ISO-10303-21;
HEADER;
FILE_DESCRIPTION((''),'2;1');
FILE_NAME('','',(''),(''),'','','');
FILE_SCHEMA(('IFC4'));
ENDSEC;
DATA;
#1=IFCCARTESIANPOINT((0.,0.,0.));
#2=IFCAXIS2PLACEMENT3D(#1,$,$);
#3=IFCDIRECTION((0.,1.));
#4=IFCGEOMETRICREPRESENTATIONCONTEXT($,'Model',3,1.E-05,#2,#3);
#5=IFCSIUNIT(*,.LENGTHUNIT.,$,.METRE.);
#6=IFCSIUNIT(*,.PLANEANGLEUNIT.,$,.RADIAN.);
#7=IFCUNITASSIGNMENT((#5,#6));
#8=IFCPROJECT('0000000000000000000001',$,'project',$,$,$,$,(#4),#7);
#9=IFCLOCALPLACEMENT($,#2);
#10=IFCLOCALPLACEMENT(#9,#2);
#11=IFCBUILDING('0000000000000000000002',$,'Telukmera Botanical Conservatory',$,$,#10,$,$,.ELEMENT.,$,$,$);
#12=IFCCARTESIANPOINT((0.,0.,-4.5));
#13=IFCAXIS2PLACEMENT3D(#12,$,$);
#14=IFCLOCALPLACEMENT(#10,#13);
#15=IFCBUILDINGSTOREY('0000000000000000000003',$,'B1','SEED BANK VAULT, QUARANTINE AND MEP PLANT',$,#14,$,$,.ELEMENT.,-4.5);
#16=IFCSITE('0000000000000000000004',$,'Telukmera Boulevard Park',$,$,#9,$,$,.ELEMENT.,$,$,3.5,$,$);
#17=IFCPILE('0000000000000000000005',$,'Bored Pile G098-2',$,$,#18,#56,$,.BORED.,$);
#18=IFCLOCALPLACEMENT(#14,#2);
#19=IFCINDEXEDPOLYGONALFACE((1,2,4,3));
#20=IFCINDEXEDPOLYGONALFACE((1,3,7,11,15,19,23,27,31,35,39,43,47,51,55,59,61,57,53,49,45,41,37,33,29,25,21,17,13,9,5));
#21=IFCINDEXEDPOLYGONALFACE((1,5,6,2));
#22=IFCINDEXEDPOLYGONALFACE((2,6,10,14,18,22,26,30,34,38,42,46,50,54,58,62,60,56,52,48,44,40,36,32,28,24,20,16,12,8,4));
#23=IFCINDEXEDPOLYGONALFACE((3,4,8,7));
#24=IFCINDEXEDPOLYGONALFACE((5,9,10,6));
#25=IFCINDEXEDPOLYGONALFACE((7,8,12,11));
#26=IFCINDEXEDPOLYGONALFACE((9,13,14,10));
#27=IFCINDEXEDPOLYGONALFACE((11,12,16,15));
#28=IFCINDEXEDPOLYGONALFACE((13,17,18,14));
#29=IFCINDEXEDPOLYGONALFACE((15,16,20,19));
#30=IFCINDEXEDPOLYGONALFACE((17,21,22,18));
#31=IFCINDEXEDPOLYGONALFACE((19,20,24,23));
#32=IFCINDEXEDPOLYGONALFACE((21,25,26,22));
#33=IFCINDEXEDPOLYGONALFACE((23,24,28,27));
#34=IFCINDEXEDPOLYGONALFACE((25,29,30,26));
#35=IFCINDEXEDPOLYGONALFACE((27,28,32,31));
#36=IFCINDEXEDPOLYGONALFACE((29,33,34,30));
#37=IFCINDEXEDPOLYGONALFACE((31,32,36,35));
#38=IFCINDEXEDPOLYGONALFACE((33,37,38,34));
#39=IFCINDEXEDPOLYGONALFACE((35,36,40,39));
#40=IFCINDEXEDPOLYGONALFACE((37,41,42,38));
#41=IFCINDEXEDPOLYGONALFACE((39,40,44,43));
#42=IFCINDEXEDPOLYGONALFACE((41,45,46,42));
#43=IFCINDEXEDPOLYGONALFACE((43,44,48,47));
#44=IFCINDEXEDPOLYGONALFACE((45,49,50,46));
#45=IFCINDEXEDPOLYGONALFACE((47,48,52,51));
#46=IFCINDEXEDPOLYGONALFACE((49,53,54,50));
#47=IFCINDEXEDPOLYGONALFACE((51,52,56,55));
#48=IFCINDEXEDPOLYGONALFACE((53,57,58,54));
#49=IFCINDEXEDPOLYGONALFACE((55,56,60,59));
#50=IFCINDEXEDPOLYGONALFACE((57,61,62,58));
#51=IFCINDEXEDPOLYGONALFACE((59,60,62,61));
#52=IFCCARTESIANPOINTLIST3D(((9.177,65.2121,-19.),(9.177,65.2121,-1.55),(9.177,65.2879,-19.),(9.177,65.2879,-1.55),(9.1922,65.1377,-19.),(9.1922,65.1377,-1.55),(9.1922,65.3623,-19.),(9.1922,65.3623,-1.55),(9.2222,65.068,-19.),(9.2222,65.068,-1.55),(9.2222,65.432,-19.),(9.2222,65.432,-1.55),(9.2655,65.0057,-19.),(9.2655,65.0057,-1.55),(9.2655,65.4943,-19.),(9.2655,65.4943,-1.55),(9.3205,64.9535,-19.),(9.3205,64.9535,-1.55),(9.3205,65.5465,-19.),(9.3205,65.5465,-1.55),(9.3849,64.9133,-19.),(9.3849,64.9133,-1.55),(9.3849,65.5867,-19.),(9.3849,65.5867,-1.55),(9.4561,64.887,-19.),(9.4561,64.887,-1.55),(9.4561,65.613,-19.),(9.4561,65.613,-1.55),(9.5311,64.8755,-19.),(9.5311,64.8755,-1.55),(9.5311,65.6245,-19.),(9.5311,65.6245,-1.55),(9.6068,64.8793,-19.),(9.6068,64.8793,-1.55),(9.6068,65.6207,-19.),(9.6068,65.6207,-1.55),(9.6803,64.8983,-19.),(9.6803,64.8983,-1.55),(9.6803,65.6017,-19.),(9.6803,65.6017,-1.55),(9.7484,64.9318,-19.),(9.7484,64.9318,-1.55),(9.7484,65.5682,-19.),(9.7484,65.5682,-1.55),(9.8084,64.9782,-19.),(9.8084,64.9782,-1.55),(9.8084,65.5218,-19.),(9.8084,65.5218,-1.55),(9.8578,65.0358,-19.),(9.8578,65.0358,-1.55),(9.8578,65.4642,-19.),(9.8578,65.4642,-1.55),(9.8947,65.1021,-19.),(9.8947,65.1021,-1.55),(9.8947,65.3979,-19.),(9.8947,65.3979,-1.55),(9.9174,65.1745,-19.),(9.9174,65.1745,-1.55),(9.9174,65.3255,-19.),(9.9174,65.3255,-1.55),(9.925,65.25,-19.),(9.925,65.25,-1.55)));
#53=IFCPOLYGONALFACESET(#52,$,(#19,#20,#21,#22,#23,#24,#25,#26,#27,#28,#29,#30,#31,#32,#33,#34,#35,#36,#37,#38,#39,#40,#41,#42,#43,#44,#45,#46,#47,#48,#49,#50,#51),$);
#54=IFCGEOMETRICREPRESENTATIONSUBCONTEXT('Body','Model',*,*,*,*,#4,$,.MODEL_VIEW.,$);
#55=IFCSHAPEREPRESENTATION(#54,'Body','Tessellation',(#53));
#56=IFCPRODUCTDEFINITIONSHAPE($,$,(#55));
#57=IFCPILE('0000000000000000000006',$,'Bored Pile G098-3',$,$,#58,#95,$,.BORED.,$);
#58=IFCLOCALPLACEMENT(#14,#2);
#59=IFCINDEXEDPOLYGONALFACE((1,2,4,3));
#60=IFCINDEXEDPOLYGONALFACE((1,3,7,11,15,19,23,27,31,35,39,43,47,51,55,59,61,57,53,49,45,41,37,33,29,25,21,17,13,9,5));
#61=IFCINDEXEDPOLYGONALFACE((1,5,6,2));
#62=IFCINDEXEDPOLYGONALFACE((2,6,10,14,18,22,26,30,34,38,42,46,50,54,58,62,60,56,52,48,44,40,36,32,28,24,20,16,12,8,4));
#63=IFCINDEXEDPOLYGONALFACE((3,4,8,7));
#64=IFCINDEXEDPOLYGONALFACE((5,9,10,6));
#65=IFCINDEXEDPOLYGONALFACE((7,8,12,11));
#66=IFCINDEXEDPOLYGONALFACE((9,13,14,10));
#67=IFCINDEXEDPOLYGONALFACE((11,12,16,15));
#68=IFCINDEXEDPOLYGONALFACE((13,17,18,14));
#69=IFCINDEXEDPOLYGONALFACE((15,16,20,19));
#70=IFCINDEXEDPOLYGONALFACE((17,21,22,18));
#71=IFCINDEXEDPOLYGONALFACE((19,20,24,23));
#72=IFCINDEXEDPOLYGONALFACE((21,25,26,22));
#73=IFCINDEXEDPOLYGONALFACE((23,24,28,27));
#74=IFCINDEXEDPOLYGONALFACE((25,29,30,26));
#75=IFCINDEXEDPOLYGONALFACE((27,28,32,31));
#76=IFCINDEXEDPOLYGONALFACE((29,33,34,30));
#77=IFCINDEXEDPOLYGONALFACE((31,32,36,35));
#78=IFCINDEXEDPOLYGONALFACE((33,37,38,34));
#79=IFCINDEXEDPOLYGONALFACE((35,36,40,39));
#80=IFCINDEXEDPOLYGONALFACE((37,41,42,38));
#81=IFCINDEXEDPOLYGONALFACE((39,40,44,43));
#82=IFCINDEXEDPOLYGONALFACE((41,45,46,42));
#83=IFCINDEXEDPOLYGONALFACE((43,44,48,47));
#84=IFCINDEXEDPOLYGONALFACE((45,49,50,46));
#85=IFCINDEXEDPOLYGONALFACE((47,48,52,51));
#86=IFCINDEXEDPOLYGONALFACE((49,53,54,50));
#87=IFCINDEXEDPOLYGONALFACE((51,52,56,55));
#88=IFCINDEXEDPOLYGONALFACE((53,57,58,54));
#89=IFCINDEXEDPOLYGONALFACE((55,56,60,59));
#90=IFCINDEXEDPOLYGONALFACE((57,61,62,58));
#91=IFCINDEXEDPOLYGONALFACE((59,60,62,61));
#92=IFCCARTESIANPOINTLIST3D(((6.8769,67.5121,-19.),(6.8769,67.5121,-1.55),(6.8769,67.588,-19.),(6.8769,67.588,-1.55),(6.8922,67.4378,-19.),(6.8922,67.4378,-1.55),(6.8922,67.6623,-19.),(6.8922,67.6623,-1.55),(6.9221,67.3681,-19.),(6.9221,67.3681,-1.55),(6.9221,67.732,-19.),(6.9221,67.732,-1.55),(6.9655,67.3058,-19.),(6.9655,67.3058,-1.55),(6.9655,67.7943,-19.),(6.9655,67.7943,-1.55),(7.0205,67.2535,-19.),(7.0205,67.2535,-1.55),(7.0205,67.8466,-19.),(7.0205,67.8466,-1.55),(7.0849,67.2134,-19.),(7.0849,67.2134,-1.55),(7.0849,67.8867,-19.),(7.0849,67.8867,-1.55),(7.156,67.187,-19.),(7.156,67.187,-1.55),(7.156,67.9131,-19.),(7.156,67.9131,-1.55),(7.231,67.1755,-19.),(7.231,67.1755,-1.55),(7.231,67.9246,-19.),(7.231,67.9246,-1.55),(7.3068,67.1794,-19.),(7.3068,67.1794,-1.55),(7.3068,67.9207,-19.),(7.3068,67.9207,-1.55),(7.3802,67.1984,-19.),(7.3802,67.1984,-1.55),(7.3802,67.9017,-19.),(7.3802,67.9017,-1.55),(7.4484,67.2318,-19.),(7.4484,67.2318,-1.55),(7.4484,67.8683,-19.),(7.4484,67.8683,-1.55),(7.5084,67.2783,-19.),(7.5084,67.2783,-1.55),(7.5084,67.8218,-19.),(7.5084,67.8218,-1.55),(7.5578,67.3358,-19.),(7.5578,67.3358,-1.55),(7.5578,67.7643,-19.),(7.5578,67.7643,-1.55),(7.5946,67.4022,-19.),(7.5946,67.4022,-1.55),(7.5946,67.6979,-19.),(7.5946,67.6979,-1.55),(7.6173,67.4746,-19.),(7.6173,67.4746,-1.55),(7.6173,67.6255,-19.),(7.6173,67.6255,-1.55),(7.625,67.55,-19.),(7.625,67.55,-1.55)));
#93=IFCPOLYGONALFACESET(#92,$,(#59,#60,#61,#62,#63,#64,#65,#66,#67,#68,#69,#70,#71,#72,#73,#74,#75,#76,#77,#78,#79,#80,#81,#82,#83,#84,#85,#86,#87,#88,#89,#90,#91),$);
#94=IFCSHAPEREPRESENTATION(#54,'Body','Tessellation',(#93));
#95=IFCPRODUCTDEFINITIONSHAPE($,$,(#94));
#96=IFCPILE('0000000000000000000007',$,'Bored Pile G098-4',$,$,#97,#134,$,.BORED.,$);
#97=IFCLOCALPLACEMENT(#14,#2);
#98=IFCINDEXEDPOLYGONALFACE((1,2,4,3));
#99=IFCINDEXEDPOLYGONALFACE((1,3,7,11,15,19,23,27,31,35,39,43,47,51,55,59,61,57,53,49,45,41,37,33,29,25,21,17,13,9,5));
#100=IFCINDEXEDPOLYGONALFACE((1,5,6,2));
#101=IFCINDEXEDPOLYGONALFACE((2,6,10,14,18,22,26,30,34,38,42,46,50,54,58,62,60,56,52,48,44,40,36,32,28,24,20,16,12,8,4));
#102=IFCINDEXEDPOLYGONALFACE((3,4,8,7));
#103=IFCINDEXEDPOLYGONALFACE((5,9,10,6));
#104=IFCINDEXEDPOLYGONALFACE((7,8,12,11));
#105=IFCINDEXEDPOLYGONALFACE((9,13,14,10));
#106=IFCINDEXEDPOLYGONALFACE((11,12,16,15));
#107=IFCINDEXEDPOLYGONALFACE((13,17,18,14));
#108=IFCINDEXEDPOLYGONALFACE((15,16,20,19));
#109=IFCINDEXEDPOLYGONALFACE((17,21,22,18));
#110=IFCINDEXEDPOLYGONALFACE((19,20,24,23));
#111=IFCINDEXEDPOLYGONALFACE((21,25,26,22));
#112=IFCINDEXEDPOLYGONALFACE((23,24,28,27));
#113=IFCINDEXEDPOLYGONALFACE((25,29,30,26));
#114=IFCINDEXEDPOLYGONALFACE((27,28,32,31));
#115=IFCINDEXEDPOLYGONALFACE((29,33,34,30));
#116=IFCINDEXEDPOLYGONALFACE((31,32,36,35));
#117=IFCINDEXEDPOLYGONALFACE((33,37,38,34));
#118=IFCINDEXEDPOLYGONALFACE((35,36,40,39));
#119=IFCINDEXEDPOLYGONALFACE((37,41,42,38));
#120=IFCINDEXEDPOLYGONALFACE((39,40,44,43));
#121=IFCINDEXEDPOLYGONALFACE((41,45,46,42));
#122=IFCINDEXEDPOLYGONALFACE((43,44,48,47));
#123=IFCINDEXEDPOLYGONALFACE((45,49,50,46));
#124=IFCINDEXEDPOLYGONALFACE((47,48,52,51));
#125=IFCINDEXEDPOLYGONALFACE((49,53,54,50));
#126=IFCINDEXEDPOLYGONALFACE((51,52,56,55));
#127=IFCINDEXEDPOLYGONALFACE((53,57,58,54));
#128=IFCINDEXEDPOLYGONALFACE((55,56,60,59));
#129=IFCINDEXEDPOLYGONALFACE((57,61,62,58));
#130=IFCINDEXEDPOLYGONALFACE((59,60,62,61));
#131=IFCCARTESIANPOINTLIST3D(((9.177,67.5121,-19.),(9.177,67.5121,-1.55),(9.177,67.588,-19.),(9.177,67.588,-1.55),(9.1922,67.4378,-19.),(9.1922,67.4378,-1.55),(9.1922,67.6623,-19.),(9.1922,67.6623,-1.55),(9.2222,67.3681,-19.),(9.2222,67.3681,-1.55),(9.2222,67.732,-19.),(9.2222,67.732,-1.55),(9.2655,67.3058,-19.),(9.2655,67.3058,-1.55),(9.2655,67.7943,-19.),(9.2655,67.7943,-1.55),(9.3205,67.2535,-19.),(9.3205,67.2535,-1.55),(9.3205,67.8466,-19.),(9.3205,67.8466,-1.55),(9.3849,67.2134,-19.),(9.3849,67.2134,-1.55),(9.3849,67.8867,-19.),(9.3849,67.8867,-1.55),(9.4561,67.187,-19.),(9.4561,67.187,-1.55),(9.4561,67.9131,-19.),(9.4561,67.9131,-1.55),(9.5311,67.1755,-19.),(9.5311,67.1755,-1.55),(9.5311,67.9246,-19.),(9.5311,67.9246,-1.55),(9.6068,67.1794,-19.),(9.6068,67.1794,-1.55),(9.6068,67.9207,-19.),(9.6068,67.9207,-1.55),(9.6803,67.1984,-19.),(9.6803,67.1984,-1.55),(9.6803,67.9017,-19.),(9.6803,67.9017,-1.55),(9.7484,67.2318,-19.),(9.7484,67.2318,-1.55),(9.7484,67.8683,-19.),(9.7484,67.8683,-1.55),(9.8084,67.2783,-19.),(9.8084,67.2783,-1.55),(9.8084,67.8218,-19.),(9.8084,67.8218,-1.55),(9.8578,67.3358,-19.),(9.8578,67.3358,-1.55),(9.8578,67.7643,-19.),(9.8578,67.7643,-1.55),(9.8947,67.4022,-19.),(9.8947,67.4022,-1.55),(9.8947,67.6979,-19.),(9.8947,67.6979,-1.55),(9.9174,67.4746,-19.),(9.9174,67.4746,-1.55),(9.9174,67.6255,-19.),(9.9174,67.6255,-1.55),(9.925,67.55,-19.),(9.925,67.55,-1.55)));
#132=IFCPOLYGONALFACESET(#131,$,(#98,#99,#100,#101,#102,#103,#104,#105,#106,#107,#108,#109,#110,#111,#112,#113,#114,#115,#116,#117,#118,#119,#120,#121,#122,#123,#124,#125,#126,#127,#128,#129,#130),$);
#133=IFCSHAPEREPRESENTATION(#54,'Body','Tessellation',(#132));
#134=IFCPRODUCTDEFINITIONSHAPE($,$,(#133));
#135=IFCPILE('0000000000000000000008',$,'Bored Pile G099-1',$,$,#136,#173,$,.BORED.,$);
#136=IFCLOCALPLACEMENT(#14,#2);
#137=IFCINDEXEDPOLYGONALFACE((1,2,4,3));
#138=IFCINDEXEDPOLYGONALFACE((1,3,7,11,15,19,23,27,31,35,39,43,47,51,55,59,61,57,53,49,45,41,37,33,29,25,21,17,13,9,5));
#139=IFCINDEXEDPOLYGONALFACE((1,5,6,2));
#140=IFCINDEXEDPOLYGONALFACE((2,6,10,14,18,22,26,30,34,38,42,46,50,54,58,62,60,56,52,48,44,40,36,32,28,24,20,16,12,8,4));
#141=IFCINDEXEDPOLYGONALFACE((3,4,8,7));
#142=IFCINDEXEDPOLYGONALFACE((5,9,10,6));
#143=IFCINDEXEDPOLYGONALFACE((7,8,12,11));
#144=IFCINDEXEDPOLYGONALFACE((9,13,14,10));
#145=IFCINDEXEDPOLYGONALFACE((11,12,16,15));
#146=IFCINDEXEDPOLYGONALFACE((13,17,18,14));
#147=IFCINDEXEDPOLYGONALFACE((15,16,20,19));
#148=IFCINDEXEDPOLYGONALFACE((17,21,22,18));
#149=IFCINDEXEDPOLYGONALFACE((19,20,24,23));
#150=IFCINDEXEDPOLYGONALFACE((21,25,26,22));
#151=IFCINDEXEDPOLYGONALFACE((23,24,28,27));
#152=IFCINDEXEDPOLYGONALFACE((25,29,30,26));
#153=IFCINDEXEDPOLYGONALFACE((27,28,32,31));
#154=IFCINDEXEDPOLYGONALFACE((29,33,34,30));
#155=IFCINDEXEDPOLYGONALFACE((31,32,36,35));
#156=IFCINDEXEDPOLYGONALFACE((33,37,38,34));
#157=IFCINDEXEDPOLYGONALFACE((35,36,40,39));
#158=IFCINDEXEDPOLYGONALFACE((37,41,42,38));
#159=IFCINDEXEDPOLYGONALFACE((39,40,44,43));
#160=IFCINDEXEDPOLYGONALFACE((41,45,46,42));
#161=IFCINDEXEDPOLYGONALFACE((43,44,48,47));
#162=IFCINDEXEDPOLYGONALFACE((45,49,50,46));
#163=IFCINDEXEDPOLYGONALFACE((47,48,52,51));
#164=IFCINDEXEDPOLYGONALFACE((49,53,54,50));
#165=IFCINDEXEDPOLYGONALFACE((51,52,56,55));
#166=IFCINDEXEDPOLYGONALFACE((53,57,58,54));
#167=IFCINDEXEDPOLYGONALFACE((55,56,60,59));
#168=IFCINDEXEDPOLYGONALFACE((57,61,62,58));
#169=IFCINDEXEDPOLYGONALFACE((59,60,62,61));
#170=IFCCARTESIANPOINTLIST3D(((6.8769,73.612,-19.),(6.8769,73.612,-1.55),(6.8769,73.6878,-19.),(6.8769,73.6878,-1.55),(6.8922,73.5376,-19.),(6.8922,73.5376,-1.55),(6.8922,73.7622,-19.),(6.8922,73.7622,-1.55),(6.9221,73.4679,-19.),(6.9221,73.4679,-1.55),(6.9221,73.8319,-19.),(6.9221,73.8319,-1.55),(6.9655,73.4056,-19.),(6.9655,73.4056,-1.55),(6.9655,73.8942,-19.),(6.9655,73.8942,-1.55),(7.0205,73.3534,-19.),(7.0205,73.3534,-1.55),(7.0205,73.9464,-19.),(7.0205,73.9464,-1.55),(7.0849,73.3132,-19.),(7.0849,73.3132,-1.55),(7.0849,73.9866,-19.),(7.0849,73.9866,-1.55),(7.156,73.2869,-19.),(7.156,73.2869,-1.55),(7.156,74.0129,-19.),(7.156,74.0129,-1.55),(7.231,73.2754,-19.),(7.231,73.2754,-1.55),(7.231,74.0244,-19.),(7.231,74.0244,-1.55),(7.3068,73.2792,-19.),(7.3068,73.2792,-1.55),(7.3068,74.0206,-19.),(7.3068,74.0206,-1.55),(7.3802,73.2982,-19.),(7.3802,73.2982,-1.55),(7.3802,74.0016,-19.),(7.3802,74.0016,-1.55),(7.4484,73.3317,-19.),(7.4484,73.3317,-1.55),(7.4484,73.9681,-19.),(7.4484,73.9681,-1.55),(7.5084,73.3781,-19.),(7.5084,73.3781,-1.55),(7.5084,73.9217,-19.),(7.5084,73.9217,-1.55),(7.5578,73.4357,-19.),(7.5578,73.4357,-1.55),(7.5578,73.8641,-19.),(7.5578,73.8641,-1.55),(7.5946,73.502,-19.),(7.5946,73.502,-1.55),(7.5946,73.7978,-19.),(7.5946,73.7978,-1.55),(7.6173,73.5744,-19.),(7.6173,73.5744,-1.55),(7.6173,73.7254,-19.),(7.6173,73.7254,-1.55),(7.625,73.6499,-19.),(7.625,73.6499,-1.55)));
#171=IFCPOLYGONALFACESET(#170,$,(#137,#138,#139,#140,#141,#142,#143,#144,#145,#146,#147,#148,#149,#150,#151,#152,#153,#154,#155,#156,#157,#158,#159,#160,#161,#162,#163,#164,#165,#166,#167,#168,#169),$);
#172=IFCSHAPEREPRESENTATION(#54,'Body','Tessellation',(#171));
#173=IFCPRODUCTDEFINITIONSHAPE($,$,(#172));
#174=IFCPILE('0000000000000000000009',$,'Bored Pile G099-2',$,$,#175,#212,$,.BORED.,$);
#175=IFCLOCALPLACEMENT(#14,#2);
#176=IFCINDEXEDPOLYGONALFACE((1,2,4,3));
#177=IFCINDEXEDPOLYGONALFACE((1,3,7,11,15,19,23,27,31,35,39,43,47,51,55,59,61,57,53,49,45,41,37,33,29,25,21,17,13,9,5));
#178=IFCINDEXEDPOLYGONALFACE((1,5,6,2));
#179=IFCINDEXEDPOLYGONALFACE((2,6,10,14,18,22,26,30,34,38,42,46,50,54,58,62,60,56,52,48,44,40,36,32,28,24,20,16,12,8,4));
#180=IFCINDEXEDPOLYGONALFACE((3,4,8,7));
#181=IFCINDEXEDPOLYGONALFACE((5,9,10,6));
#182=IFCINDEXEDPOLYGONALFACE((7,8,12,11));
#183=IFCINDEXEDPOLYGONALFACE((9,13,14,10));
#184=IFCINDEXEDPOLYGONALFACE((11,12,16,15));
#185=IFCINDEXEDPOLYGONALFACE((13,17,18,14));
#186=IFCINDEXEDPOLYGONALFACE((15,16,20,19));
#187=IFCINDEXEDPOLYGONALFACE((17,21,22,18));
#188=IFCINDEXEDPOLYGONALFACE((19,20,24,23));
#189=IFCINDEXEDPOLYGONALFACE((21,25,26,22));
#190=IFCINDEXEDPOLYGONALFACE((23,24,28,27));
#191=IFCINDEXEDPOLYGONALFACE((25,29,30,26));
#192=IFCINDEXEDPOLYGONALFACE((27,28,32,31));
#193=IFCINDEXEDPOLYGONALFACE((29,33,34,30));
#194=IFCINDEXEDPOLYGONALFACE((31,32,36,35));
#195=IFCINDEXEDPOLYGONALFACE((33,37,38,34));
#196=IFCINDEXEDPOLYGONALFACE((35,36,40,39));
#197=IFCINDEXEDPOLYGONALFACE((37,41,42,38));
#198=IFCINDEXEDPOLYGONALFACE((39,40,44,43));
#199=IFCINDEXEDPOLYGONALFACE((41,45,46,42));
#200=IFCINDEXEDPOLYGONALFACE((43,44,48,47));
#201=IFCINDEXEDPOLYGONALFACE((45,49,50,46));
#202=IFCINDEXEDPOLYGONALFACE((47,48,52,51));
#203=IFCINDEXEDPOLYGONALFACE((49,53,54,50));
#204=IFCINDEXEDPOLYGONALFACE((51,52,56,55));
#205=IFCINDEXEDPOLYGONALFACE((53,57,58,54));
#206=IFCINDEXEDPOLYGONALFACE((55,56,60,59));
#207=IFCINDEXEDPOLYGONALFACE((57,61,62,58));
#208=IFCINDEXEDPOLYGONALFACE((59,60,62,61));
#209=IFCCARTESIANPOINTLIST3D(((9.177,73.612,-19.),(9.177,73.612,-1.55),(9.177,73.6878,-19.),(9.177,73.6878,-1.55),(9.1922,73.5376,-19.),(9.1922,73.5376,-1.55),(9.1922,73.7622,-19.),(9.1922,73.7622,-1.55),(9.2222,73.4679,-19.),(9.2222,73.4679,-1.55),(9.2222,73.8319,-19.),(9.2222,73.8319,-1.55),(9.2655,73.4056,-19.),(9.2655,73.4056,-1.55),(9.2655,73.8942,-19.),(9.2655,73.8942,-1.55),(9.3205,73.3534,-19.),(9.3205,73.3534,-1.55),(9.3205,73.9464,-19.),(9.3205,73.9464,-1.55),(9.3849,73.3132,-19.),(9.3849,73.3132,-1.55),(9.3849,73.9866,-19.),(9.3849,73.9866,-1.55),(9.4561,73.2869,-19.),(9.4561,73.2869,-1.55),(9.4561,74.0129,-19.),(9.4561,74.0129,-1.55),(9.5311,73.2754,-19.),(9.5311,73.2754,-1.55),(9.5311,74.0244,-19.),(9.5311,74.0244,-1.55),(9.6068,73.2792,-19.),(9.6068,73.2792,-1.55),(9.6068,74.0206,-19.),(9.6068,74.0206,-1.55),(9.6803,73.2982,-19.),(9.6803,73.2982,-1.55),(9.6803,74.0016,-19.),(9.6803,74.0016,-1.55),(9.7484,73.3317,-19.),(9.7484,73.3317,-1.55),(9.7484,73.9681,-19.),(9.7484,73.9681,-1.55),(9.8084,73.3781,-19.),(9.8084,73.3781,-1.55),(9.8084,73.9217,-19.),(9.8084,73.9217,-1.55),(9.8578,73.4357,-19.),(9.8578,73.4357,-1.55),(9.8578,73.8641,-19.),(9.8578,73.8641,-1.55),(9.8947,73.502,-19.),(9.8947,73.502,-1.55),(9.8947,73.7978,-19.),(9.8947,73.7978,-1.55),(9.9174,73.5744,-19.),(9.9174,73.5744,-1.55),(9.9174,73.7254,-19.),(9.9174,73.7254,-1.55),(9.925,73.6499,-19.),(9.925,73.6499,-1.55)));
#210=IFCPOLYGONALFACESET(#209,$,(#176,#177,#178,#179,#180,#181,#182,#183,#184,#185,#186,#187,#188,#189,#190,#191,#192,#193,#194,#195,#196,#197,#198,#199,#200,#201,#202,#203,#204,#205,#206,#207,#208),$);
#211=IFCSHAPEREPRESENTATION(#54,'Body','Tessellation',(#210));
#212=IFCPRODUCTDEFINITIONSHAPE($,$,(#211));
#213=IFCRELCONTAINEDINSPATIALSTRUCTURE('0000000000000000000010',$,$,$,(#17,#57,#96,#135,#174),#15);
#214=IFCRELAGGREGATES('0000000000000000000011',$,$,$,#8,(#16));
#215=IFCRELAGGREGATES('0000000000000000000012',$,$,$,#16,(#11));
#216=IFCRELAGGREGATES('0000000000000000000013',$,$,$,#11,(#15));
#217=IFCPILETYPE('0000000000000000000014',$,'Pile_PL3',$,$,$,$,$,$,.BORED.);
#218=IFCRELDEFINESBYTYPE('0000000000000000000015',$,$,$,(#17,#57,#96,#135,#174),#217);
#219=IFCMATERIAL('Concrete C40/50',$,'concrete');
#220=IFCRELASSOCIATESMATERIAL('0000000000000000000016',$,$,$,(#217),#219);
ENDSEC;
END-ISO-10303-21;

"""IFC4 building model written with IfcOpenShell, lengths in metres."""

from ifc_helpers import new_model, si_unit, direction, frame, origin, origin_2d, place, context, subcontext, project, spatial, circle, extrude, material, material_profile, profile_set, type_object, element, save


model = new_model("IFC4")

# Units and contexts
model_context = context("Model", 3, precision=1e-05, world=origin(), true_north=direction((0.0, 1.0)))
body_context = subcontext(model_context, "Body", "Model", "MODEL_VIEW")
ifc_project = project(units=[si_unit("LENGTHUNIT", "METRE"), si_unit("PLANEANGLEUNIT", "RADIAN")], contexts=[model_context])

# Site, building, storey
site_placement = place(None, origin())
site = spatial("IfcSite", under=ifc_project, at=site_placement, Name="Telukmera Boulevard Park", CompositionType="ELEMENT", RefElevation=3.5)
building_placement = place(site_placement, origin())
building = spatial("IfcBuilding", under=site, at=building_placement, Name="Telukmera Botanical Conservatory", CompositionType="ELEMENT")
storey_placement = place(building_placement, frame((0.0, 0.0, -4.5)))
storey = spatial("IfcBuildingStorey", under=building, at=storey_placement, Name="B1", Description="SEED BANK VAULT, QUARANTINE AND MEP PLANT", CompositionType="ELEMENT", Elevation=-4.5)

# Shared definitions
ifc_material_1 = material(Name="Concrete C40/50", Category="concrete")

# Piles
ifc_material_profile_1 = material_profile(ifc_material_1, circle(Radius=0.375, at=origin_2d()), Name="PILE D750")
ifc_profile_set_1 = profile_set([ifc_material_profile_1], Name="Concrete C40/50")
pile_type = type_object("IfcPileType", Name="Pile_PL3", PredefinedType="BORED", material=ifc_profile_set_1)
for number, where, z_axis, x_axis, name in (
    (1, (9.55, 65.25, -1.55), (0.0, 0.0, -1.0), (1.0, 0.0, 0.0), "Bored Pile G098-2"),
    (2, (7.25, 67.55, -1.55), (0.0, 0.0, -1.0), (1.0, 0.0, 0.0), "Bored Pile G098-3"),
    (3, (9.55, 67.55, -1.55), (0.0, 0.0, -1.0), (1.0, 0.0, 0.0), "Bored Pile G098-4"),
    (4, (7.25, 73.6499, -1.55), (0.0, 0.0, -1.0), (1.0, 0.0, 0.0), "Bored Pile G099-1"),
    (5, (9.55, 73.6499, -1.55), (0.0, 0.0, -1.0), (1.0, 0.0, 0.0), "Bored Pile G099-2"),
):
    element("IfcPile", number, at=place(storey_placement, frame(where, z_axis=z_axis, x_axis=x_axis)), inside=storey, type_object=pile_type, Name=name, PredefinedType="BORED", context=body_context, shape_type="SweptSolid", body=[
        extrude(circle(Radius=0.375, at=origin_2d()), origin(), (0.0, 0.0, 1.0), 17.45),
    ])

save(model, "model.ifc")
